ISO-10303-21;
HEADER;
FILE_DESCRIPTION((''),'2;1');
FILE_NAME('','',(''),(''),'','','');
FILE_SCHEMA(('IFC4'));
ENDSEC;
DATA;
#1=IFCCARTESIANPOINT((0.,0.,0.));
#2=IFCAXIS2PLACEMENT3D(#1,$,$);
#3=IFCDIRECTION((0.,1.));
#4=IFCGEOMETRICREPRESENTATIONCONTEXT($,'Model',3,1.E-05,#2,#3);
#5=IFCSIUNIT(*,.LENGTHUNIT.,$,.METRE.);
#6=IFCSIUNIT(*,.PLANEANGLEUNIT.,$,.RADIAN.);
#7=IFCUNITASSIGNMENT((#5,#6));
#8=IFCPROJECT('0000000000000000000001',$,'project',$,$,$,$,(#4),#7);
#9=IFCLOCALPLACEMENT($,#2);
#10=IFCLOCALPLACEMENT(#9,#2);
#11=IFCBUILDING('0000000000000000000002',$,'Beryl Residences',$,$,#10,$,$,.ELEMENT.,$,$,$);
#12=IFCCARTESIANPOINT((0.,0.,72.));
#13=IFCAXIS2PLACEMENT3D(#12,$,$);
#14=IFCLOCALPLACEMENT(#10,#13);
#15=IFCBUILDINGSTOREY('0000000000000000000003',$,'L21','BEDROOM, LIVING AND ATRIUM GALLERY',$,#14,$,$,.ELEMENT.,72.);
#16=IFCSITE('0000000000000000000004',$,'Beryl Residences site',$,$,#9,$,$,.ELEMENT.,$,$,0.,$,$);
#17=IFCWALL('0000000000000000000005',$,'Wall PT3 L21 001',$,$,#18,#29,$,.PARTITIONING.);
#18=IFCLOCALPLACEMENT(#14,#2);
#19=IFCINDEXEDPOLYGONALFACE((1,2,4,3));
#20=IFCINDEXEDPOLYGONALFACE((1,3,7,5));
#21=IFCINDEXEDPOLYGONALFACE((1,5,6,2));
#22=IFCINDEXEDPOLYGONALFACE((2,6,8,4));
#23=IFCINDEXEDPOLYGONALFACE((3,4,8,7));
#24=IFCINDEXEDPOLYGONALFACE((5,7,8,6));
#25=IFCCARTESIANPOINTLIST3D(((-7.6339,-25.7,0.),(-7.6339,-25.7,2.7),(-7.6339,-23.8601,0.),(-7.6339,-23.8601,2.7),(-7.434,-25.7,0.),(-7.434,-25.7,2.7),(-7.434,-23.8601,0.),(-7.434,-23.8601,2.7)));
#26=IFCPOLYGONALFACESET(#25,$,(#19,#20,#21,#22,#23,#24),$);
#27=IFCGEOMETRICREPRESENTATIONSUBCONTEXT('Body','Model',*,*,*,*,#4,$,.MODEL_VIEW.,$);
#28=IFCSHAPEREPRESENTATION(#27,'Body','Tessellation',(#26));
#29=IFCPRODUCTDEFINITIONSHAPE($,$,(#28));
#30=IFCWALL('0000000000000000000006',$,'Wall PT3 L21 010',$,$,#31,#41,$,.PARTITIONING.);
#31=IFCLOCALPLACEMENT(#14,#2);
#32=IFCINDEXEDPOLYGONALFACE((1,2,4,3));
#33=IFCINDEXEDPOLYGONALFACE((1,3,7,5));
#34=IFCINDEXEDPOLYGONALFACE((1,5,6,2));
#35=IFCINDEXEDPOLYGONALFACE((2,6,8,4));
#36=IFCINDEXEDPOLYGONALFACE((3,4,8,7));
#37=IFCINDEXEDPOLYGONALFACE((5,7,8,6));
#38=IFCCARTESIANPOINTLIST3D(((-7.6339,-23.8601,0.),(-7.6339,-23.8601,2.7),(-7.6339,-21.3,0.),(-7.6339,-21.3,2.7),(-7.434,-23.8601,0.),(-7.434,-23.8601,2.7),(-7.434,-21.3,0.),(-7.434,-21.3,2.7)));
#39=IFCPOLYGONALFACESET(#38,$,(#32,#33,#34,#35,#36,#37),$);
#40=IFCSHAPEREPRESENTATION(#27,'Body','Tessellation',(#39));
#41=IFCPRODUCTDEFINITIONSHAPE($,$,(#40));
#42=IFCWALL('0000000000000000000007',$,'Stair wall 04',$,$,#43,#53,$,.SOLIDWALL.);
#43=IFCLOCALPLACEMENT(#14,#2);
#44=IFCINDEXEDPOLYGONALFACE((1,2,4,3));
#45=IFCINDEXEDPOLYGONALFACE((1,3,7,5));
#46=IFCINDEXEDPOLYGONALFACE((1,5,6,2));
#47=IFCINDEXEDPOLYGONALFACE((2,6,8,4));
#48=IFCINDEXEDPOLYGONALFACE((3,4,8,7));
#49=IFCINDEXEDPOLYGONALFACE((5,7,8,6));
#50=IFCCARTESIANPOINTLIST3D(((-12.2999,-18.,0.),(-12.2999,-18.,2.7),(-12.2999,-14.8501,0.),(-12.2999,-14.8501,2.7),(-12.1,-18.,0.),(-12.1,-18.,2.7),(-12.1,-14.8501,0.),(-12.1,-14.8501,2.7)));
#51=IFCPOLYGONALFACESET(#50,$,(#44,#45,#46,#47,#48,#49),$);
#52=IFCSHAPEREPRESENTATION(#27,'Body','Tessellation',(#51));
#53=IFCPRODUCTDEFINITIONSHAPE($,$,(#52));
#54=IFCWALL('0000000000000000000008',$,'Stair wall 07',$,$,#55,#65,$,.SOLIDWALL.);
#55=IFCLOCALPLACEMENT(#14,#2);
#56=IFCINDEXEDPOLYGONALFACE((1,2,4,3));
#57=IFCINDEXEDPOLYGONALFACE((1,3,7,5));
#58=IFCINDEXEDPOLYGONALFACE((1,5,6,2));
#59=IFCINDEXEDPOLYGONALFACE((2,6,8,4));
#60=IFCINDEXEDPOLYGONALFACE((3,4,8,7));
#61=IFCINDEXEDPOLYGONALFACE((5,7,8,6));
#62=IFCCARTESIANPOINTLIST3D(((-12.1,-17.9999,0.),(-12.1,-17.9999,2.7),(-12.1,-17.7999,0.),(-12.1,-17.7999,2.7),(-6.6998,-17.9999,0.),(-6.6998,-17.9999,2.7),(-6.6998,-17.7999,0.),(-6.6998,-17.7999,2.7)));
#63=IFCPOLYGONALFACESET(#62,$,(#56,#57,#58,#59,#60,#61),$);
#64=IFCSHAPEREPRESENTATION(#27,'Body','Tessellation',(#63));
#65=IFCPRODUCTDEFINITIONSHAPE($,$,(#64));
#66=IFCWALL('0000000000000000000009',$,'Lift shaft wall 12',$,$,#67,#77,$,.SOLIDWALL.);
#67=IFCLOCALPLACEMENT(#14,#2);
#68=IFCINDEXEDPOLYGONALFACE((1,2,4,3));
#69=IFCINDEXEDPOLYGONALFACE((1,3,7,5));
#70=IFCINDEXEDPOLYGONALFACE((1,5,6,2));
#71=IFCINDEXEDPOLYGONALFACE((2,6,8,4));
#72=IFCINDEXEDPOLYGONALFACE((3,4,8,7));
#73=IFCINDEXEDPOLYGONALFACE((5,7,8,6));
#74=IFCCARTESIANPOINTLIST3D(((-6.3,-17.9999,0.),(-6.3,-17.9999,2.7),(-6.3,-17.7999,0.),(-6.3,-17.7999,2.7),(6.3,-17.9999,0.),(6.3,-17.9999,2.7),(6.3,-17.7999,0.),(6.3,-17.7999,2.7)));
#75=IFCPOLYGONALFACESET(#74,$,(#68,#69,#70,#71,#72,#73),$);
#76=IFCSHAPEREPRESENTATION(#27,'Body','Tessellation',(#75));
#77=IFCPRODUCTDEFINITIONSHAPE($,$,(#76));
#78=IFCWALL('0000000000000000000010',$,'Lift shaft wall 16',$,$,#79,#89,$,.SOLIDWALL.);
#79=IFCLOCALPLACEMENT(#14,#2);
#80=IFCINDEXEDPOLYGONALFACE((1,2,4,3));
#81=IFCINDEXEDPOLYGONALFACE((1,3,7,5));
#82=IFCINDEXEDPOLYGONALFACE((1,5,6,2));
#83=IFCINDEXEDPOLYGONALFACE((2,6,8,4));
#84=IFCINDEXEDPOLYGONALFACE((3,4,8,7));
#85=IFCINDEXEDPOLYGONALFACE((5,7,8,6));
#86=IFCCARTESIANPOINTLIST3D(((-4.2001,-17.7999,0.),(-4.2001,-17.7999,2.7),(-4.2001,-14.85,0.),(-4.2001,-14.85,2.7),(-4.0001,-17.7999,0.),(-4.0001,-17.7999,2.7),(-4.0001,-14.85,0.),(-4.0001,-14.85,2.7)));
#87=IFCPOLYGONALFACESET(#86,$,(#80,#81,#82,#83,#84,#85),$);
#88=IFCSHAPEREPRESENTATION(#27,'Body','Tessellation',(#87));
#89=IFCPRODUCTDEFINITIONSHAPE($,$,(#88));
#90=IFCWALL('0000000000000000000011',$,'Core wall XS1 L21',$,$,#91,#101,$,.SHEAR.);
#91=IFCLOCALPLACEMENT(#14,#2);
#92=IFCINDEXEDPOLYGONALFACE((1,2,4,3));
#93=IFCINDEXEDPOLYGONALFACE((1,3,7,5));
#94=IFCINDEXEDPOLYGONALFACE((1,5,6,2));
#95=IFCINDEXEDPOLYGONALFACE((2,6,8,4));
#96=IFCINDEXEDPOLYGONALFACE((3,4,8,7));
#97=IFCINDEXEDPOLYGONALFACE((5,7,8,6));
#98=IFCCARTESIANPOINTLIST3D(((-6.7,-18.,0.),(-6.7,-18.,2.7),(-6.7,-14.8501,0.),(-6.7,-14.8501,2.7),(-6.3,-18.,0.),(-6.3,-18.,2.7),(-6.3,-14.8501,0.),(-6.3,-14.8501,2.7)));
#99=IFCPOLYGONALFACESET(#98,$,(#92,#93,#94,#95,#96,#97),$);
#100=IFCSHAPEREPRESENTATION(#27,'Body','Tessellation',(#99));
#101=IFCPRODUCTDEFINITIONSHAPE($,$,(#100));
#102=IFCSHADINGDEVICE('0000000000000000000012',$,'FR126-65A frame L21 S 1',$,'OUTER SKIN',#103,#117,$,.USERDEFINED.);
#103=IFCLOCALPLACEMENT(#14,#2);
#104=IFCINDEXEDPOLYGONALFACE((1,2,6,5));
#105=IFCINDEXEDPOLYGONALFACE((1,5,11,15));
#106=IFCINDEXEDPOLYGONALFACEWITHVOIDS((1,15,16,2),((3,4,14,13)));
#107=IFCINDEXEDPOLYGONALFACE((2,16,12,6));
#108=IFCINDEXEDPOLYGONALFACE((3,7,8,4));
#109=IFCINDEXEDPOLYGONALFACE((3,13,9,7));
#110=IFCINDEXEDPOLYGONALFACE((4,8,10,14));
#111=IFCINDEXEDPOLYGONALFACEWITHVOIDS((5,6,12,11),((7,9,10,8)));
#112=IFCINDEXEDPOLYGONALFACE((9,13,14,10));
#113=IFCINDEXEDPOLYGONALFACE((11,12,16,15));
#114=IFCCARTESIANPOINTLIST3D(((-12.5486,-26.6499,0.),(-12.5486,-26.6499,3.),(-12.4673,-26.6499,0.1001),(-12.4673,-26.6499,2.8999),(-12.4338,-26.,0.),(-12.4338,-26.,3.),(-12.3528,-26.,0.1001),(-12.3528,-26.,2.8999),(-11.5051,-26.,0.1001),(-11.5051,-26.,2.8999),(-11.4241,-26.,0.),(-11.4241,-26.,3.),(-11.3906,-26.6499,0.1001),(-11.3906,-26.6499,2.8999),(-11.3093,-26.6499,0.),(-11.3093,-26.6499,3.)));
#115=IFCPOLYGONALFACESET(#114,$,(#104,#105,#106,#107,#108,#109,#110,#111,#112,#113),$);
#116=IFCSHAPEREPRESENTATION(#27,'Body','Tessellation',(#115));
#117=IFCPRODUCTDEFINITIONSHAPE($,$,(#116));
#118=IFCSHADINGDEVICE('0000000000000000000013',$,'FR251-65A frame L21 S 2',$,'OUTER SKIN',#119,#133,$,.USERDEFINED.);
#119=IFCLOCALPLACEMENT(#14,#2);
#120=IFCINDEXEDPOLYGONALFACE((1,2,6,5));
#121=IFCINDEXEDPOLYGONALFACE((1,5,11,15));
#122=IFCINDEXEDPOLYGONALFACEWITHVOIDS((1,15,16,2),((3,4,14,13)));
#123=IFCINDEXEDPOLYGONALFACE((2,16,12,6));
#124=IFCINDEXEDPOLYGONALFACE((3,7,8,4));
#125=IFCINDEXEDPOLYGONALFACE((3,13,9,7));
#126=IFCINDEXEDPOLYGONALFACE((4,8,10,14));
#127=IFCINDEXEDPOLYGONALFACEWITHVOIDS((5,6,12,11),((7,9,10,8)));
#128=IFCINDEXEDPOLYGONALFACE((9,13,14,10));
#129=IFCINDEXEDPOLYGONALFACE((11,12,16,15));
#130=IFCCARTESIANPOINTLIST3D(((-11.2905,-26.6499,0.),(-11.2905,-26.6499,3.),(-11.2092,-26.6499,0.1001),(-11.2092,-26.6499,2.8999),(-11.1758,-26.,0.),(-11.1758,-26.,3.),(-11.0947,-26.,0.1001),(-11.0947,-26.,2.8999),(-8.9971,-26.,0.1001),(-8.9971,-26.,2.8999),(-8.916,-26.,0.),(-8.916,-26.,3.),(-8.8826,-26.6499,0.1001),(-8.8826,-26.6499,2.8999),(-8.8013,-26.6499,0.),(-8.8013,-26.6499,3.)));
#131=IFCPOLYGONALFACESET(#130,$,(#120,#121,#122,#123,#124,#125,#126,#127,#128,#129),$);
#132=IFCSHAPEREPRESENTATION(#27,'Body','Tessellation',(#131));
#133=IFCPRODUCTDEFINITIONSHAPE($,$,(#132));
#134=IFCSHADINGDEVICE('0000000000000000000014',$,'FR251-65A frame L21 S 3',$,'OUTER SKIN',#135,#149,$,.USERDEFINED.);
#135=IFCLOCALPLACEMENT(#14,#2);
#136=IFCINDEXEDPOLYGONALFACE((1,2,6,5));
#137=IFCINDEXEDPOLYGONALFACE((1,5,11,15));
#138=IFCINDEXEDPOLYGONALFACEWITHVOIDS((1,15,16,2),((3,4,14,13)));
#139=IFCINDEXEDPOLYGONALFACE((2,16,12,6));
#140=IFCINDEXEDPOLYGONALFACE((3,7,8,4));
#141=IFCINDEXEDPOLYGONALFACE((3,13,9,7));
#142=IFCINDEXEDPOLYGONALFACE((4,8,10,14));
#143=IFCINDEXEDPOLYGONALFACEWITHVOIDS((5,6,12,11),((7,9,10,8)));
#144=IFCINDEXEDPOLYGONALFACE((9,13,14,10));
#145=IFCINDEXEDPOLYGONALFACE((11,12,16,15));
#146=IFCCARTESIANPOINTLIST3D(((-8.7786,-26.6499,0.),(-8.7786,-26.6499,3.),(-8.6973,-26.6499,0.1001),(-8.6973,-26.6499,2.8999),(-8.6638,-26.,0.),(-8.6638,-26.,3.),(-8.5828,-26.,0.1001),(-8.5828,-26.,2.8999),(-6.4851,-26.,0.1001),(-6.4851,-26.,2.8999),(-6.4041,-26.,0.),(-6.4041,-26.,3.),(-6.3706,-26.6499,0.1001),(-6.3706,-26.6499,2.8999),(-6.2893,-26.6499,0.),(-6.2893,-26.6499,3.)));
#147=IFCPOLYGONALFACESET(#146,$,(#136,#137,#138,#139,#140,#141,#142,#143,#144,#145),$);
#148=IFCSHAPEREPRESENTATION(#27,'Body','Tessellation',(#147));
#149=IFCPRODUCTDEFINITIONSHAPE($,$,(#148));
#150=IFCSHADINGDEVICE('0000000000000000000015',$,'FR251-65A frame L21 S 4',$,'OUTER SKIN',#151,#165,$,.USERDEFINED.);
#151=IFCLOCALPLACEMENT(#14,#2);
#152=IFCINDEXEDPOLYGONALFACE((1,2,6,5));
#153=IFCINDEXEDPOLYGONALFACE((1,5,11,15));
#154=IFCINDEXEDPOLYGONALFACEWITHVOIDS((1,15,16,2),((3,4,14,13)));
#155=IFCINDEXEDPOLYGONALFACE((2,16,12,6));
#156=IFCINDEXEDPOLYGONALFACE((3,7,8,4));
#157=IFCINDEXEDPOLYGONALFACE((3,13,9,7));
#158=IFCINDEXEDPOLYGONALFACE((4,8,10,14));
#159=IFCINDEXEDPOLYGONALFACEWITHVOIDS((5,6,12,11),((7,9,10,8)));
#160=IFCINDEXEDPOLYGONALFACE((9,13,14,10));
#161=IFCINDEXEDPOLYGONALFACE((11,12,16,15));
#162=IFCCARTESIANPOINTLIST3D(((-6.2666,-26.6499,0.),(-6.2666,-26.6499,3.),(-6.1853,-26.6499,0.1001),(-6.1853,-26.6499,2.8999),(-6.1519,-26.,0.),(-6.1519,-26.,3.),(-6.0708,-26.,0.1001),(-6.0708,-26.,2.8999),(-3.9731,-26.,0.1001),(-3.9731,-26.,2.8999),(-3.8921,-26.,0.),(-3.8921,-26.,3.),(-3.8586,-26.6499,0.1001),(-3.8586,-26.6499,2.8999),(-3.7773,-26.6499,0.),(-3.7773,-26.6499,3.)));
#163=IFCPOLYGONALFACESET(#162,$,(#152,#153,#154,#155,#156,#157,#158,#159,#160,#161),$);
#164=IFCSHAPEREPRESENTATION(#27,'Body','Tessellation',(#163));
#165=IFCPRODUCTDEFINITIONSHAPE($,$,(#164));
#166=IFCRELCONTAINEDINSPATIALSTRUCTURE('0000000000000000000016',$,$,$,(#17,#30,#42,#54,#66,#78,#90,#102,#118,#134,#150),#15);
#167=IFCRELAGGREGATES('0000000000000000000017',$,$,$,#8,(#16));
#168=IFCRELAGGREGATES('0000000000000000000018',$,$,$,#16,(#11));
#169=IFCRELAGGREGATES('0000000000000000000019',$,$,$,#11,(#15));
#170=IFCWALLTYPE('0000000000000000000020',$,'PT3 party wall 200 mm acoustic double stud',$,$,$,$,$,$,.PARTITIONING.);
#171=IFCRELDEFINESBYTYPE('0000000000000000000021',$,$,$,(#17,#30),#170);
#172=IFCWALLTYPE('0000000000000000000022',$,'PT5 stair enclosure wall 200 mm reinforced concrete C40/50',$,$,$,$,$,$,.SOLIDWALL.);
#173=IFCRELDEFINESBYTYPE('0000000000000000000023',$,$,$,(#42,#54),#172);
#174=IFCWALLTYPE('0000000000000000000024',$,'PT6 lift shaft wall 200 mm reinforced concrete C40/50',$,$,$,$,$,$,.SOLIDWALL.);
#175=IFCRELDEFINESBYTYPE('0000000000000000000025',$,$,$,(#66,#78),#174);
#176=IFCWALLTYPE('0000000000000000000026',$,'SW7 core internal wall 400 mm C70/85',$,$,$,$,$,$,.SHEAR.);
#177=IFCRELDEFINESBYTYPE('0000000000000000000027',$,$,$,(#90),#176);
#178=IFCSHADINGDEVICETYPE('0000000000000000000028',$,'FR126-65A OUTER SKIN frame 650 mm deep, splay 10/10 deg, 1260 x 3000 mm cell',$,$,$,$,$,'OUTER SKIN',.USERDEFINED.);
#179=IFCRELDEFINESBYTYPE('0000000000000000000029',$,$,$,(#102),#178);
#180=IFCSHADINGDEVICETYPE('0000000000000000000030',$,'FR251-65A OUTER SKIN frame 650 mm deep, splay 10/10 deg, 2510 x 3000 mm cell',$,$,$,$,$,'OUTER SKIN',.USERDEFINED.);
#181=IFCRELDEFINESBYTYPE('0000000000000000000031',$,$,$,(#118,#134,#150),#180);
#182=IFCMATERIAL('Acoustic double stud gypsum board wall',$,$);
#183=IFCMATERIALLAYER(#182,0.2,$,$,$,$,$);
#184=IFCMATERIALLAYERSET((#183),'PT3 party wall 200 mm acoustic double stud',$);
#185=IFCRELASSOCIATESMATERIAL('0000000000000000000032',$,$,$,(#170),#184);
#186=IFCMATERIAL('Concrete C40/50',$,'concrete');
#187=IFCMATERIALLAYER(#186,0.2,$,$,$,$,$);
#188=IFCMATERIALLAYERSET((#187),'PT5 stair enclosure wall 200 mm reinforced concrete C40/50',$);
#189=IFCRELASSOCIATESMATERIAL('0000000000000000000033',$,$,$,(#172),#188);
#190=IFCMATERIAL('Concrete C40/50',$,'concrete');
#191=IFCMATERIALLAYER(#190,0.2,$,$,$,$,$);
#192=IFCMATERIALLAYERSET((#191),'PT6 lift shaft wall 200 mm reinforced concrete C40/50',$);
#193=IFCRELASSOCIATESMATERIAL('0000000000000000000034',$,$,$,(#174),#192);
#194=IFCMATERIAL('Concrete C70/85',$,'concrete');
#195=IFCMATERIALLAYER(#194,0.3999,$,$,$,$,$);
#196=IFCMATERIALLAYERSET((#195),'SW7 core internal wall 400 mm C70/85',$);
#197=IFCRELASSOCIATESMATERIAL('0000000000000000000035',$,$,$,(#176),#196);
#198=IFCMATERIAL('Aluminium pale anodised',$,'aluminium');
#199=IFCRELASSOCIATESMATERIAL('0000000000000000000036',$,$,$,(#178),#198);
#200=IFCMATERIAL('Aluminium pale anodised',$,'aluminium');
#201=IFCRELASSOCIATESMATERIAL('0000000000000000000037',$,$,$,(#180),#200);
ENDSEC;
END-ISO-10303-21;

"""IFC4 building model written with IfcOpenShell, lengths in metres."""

from ifc_helpers import new_model, entity, si_unit, direction, frame, frame_2d, origin, place, context, subcontext, project, spatial, rectangle, extrude, source, transform, mapped, material, layer, layer_set, type_object, type_shapes, element, save


model = new_model("IFC4")

# Units and contexts
model_context = context("Model", 3, precision=1e-05, world=origin(), true_north=direction((0.0, 1.0)))
body_context = subcontext(model_context, "Body", "Model", "MODEL_VIEW")
ifc_project = project(units=[si_unit("LENGTHUNIT", "METRE"), si_unit("PLANEANGLEUNIT", "RADIAN")], contexts=[model_context])

# Site, building, storey
site_placement = place(None, origin())
site = spatial("IfcSite", under=ifc_project, at=site_placement, Name="Beryl Residences site", CompositionType="ELEMENT", RefElevation=0.0)
building_placement = place(site_placement, origin())
building = spatial("IfcBuilding", under=site, at=building_placement, Name="Beryl Residences", CompositionType="ELEMENT")
storey_placement = place(building_placement, frame((0.0, 0.0, 72.0)))
storey = spatial("IfcBuildingStorey", under=building, at=storey_placement, Name="L21", Description="BEDROOM, LIVING AND ATRIUM GALLERY", CompositionType="ELEMENT", Elevation=72.0)

# Walls
ifc_material_1 = material(Name="Acoustic double stud gypsum board wall")
ifc_layer_1 = layer(ifc_material_1, 0.2)
ifc_layer_set_1 = layer_set([ifc_layer_1], Name="PT3 party wall 200 mm acoustic double stud")
wall_type_1 = type_object("IfcWallType", Name="PT3 party wall 200 mm acoustic double stud", PredefinedType="PARTITIONING", material=ifc_layer_set_1)
wall_1_placement = place(storey_placement, frame((-7.5339, -23.8601, 0.0), z_axis=(0.0, 0.0, 1.0), x_axis=(0.0, -1.0, 0.0)))
element("IfcWall", 1, at=wall_1_placement, inside=storey, type_object=wall_type_1, Name="Wall PT3 L21 001", PredefinedType="PARTITIONING", context=body_context, shape_type="SweptSolid", body=[
    extrude(rectangle(XDim=1.8398, YDim=0.2, at=frame_2d((0.9199, 0.0))), origin(), (0.0, 0.0, 1.0), 2.7),
])
wall_2_placement = place(storey_placement, frame((-7.5339, -23.8601, 0.0), z_axis=(0.0, 0.0, 1.0), x_axis=(0.0, 1.0, 0.0)))
element("IfcWall", 2, at=wall_2_placement, inside=storey, type_object=wall_type_1, Name="Wall PT3 L21 010", PredefinedType="PARTITIONING", context=body_context, shape_type="SweptSolid", body=[
    extrude(rectangle(XDim=2.5601, YDim=0.2, at=frame_2d((1.28, 0.0))), origin(), (0.0, 0.0, 1.0), 2.7),
])
ifc_material_2 = material(Name="Concrete C40/50", Category="concrete")
ifc_layer_2 = layer(ifc_material_2, 0.2)
ifc_layer_set_2 = layer_set([ifc_layer_2], Name="PT5 stair enclosure wall 200 mm reinforced concrete C40/50")
wall_type_2 = type_object("IfcWallType", Name="PT5 stair enclosure wall 200 mm reinforced concrete C40/50", PredefinedType="SOLIDWALL", material=ifc_layer_set_2)
wall_3_placement = place(storey_placement, frame((-12.2, -18.0, 0.0), z_axis=(0.0, 0.0, 1.0), x_axis=(0.0, 1.0, 0.0)))
element("IfcWall", 3, at=wall_3_placement, inside=storey, type_object=wall_type_2, Name="Stair wall 04", PredefinedType="SOLIDWALL", context=body_context, shape_type="SweptSolid", body=[
    extrude(rectangle(XDim=3.1499, YDim=0.2, at=frame_2d((1.575, 0.0))), origin(), (0.0, 0.0, 1.0), 2.7),
])
wall_4_placement = place(storey_placement, frame((-12.1001, -17.8999, 0.0), z_axis=(0.0, 0.0, 1.0), x_axis=(1.0, 0.0, 0.0)))
element("IfcWall", 4, at=wall_4_placement, inside=storey, type_object=wall_type_2, Name="Stair wall 07", PredefinedType="SOLIDWALL", context=body_context, shape_type="SweptSolid", body=[
    extrude(rectangle(XDim=5.4001, YDim=0.2, at=frame_2d((2.7002, 0.0))), origin(), (0.0, 0.0, 1.0), 2.7),
])
ifc_material_3 = material(Name="Concrete C40/50", Category="concrete")
ifc_layer_3 = layer(ifc_material_3, 0.2)
ifc_layer_set_3 = layer_set([ifc_layer_3], Name="PT6 lift shaft wall 200 mm reinforced concrete C40/50")
wall_type_3 = type_object("IfcWallType", Name="PT6 lift shaft wall 200 mm reinforced concrete C40/50", PredefinedType="SOLIDWALL", material=ifc_layer_set_3)
wall_5_placement = place(storey_placement, frame((-6.3, -17.8999, 0.0), z_axis=(0.0, 0.0, 1.0), x_axis=(1.0, 0.0, 0.0)))
element("IfcWall", 5, at=wall_5_placement, inside=storey, type_object=wall_type_3, Name="Lift shaft wall 12", PredefinedType="SOLIDWALL", context=body_context, shape_type="SweptSolid", body=[
    extrude(rectangle(XDim=12.6001, YDim=0.2, at=frame_2d((6.3, 0.0))), origin(), (0.0, 0.0, 1.0), 2.7),
])
wall_6_placement = place(storey_placement, frame((-4.1001, -17.8, 0.0), z_axis=(0.0, 0.0, 1.0), x_axis=(0.0, 1.0, 0.0)))
element("IfcWall", 6, at=wall_6_placement, inside=storey, type_object=wall_type_3, Name="Lift shaft wall 16", PredefinedType="SOLIDWALL", context=body_context, shape_type="SweptSolid", body=[
    extrude(rectangle(XDim=2.95, YDim=0.2, at=frame_2d((1.4751, 0.0))), origin(), (0.0, 0.0, 1.0), 2.7),
])
ifc_material_4 = material(Name="Concrete C70/85", Category="concrete")
ifc_layer_4 = layer(ifc_material_4, 0.3999)
ifc_layer_set_4 = layer_set([ifc_layer_4], Name="SW7 core internal wall 400 mm C70/85")
wall_type_4 = type_object("IfcWallType", Name="SW7 core internal wall 400 mm C70/85", PredefinedType="SHEAR", material=ifc_layer_set_4)
wall_7_placement = place(storey_placement, frame((-6.5, -18.0, 0.0), z_axis=(0.0, 0.0, 1.0), x_axis=(0.0, 1.0, 0.0)))
element("IfcWall", 7, at=wall_7_placement, inside=storey, type_object=wall_type_4, Name="Core wall XS1 L21", PredefinedType="SHEAR", context=body_context, shape_type="SweptSolid", body=[
    extrude(rectangle(XDim=3.1499, YDim=0.3999, at=frame_2d((1.575, 0.0))), origin(), (0.0, 0.0, 1.0), 2.7),
])

# Shading devices
ifc_material_5 = material(Name="Aluminium pale anodised", Category="aluminium")
shading_device_type_1 = type_object("IfcShadingDeviceType", Name="FR126-65A OUTER SKIN frame 650 mm deep, splay 10/10 deg, 1260 x 3000 mm cell", ElementType="OUTER SKIN", PredefinedType="USERDEFINED", material=ifc_material_5)
cartesian_point_1 = entity("IfcCartesianPoint", [-0.5049, 0.0])
cartesian_point_2 = entity("IfcCartesianPoint", [-0.4238, 0.1001])
cartesian_point_3 = entity("IfcCartesianPoint", [-0.6196, 0.0])
cartesian_point_4 = entity("IfcCartesianPoint", [-0.5383, 0.1001])
shared_shape_1 = source(origin(), body_context, "Body", "SweptSolid", [
    entity("IfcExtrudedAreaSolidTapered", entity("IfcArbitraryProfileDefWithVoids", "AREA", None, entity("IfcPolyline", [cartesian_point_1, entity("IfcCartesianPoint", [0.5049, 0.0]), entity("IfcCartesianPoint", [0.5049, 3.0]), entity("IfcCartesianPoint", [-0.5049, 3.0]), cartesian_point_1]), [entity("IfcPolyline", [cartesian_point_2, entity("IfcCartesianPoint", [0.4238, 0.1001]), entity("IfcCartesianPoint", [0.4238, 2.8999]), entity("IfcCartesianPoint", [-0.4238, 2.8999]), cartesian_point_2])]), entity("IfcAxis2Placement3D", entity("IfcCartesianPoint", [0.0, 0.0, 0.0]), entity("IfcDirection", [0.0, 1.0, 0.0]), entity("IfcDirection", [-1.0, 0.0, 0.0])), entity("IfcDirection", [0.0, 0.0, 1.0]), 0.6499, entity("IfcArbitraryProfileDefWithVoids", "AREA", None, entity("IfcPolyline", [cartesian_point_3, entity("IfcCartesianPoint", [0.6196, 0.0]), entity("IfcCartesianPoint", [0.6196, 3.0]), entity("IfcCartesianPoint", [-0.6196, 3.0]), cartesian_point_3]), [entity("IfcPolyline", [cartesian_point_4, entity("IfcCartesianPoint", [0.5383, 0.1001]), entity("IfcCartesianPoint", [0.5383, 2.8999]), entity("IfcCartesianPoint", [-0.5383, 2.8999]), cartesian_point_4])])),
])
type_shapes(shading_device_type_1, [shared_shape_1])
shading_device_placement = place(storey_placement, frame((-11.929, -26.0, 0.0), z_axis=(0.0, 0.0, 1.0), x_axis=(-1.0, 0.0, 0.0)))
element("IfcShadingDevice", 8, at=shading_device_placement, inside=storey, type_object=shading_device_type_1, Name="FR126-65A frame L21 S 1", ObjectType="OUTER SKIN", PredefinedType="USERDEFINED", context=body_context, shape_type="MappedRepresentation", body=[
    mapped(shared_shape_1, transform((0.0, 0.0, 0.0))),
])
ifc_material_6 = material(Name="Aluminium pale anodised", Category="aluminium")
shading_device_type_2 = type_object("IfcShadingDeviceType", Name="FR251-65A OUTER SKIN frame 650 mm deep, splay 10/10 deg, 2510 x 3000 mm cell", ElementType="OUTER SKIN", PredefinedType="USERDEFINED", material=ifc_material_6)
cartesian_point_5 = entity("IfcCartesianPoint", [-1.1299, 0.0])
cartesian_point_6 = entity("IfcCartesianPoint", [-1.0488, 0.1001])
cartesian_point_7 = entity("IfcCartesianPoint", [-1.2446, 0.0])
cartesian_point_8 = entity("IfcCartesianPoint", [-1.1633, 0.1001])
shared_shape_2 = source(origin(), body_context, "Body", "SweptSolid", [
    entity("IfcExtrudedAreaSolidTapered", entity("IfcArbitraryProfileDefWithVoids", "AREA", None, entity("IfcPolyline", [cartesian_point_5, entity("IfcCartesianPoint", [1.1299, 0.0]), entity("IfcCartesianPoint", [1.1299, 3.0]), entity("IfcCartesianPoint", [-1.1299, 3.0]), cartesian_point_5]), [entity("IfcPolyline", [cartesian_point_6, entity("IfcCartesianPoint", [1.0488, 0.1001]), entity("IfcCartesianPoint", [1.0488, 2.8999]), entity("IfcCartesianPoint", [-1.0488, 2.8999]), cartesian_point_6])]), entity("IfcAxis2Placement3D", entity("IfcCartesianPoint", [0.0, 0.0, 0.0]), entity("IfcDirection", [0.0, 1.0, 0.0]), entity("IfcDirection", [-1.0, 0.0, 0.0])), entity("IfcDirection", [0.0, 0.0, 1.0]), 0.6499, entity("IfcArbitraryProfileDefWithVoids", "AREA", None, entity("IfcPolyline", [cartesian_point_7, entity("IfcCartesianPoint", [1.2446, 0.0]), entity("IfcCartesianPoint", [1.2446, 3.0]), entity("IfcCartesianPoint", [-1.2446, 3.0]), cartesian_point_7]), [entity("IfcPolyline", [cartesian_point_8, entity("IfcCartesianPoint", [1.1633, 0.1001]), entity("IfcCartesianPoint", [1.1633, 2.8999]), entity("IfcCartesianPoint", [-1.1633, 2.8999]), cartesian_point_8])])),
])
type_shapes(shading_device_type_2, [shared_shape_2])
for number, where, z_axis, x_axis, name in (
    (9, (-10.0459, -26.0, 0.0), (0.0, 0.0, 1.0), (-1.0, 0.0, 0.0), "FR251-65A frame L21 S 2"),
    (10, (-7.5339, -26.0, 0.0), (0.0, 0.0, 1.0), (-1.0, 0.0, 0.0), "FR251-65A frame L21 S 3"),
    (11, (-5.022, -26.0, 0.0), (0.0, 0.0, 1.0), (-1.0, 0.0, 0.0), "FR251-65A frame L21 S 4"),
):
    element("IfcShadingDevice", number, at=place(storey_placement, frame(where, z_axis=z_axis, x_axis=x_axis)), inside=storey, type_object=shading_device_type_2, Name=name, ObjectType="OUTER SKIN", PredefinedType="USERDEFINED", context=body_context, shape_type="MappedRepresentation", body=[
        mapped(shared_shape_2, transform((0.0, 0.0, 0.0))),
    ])

save(model, "model.ifc")
